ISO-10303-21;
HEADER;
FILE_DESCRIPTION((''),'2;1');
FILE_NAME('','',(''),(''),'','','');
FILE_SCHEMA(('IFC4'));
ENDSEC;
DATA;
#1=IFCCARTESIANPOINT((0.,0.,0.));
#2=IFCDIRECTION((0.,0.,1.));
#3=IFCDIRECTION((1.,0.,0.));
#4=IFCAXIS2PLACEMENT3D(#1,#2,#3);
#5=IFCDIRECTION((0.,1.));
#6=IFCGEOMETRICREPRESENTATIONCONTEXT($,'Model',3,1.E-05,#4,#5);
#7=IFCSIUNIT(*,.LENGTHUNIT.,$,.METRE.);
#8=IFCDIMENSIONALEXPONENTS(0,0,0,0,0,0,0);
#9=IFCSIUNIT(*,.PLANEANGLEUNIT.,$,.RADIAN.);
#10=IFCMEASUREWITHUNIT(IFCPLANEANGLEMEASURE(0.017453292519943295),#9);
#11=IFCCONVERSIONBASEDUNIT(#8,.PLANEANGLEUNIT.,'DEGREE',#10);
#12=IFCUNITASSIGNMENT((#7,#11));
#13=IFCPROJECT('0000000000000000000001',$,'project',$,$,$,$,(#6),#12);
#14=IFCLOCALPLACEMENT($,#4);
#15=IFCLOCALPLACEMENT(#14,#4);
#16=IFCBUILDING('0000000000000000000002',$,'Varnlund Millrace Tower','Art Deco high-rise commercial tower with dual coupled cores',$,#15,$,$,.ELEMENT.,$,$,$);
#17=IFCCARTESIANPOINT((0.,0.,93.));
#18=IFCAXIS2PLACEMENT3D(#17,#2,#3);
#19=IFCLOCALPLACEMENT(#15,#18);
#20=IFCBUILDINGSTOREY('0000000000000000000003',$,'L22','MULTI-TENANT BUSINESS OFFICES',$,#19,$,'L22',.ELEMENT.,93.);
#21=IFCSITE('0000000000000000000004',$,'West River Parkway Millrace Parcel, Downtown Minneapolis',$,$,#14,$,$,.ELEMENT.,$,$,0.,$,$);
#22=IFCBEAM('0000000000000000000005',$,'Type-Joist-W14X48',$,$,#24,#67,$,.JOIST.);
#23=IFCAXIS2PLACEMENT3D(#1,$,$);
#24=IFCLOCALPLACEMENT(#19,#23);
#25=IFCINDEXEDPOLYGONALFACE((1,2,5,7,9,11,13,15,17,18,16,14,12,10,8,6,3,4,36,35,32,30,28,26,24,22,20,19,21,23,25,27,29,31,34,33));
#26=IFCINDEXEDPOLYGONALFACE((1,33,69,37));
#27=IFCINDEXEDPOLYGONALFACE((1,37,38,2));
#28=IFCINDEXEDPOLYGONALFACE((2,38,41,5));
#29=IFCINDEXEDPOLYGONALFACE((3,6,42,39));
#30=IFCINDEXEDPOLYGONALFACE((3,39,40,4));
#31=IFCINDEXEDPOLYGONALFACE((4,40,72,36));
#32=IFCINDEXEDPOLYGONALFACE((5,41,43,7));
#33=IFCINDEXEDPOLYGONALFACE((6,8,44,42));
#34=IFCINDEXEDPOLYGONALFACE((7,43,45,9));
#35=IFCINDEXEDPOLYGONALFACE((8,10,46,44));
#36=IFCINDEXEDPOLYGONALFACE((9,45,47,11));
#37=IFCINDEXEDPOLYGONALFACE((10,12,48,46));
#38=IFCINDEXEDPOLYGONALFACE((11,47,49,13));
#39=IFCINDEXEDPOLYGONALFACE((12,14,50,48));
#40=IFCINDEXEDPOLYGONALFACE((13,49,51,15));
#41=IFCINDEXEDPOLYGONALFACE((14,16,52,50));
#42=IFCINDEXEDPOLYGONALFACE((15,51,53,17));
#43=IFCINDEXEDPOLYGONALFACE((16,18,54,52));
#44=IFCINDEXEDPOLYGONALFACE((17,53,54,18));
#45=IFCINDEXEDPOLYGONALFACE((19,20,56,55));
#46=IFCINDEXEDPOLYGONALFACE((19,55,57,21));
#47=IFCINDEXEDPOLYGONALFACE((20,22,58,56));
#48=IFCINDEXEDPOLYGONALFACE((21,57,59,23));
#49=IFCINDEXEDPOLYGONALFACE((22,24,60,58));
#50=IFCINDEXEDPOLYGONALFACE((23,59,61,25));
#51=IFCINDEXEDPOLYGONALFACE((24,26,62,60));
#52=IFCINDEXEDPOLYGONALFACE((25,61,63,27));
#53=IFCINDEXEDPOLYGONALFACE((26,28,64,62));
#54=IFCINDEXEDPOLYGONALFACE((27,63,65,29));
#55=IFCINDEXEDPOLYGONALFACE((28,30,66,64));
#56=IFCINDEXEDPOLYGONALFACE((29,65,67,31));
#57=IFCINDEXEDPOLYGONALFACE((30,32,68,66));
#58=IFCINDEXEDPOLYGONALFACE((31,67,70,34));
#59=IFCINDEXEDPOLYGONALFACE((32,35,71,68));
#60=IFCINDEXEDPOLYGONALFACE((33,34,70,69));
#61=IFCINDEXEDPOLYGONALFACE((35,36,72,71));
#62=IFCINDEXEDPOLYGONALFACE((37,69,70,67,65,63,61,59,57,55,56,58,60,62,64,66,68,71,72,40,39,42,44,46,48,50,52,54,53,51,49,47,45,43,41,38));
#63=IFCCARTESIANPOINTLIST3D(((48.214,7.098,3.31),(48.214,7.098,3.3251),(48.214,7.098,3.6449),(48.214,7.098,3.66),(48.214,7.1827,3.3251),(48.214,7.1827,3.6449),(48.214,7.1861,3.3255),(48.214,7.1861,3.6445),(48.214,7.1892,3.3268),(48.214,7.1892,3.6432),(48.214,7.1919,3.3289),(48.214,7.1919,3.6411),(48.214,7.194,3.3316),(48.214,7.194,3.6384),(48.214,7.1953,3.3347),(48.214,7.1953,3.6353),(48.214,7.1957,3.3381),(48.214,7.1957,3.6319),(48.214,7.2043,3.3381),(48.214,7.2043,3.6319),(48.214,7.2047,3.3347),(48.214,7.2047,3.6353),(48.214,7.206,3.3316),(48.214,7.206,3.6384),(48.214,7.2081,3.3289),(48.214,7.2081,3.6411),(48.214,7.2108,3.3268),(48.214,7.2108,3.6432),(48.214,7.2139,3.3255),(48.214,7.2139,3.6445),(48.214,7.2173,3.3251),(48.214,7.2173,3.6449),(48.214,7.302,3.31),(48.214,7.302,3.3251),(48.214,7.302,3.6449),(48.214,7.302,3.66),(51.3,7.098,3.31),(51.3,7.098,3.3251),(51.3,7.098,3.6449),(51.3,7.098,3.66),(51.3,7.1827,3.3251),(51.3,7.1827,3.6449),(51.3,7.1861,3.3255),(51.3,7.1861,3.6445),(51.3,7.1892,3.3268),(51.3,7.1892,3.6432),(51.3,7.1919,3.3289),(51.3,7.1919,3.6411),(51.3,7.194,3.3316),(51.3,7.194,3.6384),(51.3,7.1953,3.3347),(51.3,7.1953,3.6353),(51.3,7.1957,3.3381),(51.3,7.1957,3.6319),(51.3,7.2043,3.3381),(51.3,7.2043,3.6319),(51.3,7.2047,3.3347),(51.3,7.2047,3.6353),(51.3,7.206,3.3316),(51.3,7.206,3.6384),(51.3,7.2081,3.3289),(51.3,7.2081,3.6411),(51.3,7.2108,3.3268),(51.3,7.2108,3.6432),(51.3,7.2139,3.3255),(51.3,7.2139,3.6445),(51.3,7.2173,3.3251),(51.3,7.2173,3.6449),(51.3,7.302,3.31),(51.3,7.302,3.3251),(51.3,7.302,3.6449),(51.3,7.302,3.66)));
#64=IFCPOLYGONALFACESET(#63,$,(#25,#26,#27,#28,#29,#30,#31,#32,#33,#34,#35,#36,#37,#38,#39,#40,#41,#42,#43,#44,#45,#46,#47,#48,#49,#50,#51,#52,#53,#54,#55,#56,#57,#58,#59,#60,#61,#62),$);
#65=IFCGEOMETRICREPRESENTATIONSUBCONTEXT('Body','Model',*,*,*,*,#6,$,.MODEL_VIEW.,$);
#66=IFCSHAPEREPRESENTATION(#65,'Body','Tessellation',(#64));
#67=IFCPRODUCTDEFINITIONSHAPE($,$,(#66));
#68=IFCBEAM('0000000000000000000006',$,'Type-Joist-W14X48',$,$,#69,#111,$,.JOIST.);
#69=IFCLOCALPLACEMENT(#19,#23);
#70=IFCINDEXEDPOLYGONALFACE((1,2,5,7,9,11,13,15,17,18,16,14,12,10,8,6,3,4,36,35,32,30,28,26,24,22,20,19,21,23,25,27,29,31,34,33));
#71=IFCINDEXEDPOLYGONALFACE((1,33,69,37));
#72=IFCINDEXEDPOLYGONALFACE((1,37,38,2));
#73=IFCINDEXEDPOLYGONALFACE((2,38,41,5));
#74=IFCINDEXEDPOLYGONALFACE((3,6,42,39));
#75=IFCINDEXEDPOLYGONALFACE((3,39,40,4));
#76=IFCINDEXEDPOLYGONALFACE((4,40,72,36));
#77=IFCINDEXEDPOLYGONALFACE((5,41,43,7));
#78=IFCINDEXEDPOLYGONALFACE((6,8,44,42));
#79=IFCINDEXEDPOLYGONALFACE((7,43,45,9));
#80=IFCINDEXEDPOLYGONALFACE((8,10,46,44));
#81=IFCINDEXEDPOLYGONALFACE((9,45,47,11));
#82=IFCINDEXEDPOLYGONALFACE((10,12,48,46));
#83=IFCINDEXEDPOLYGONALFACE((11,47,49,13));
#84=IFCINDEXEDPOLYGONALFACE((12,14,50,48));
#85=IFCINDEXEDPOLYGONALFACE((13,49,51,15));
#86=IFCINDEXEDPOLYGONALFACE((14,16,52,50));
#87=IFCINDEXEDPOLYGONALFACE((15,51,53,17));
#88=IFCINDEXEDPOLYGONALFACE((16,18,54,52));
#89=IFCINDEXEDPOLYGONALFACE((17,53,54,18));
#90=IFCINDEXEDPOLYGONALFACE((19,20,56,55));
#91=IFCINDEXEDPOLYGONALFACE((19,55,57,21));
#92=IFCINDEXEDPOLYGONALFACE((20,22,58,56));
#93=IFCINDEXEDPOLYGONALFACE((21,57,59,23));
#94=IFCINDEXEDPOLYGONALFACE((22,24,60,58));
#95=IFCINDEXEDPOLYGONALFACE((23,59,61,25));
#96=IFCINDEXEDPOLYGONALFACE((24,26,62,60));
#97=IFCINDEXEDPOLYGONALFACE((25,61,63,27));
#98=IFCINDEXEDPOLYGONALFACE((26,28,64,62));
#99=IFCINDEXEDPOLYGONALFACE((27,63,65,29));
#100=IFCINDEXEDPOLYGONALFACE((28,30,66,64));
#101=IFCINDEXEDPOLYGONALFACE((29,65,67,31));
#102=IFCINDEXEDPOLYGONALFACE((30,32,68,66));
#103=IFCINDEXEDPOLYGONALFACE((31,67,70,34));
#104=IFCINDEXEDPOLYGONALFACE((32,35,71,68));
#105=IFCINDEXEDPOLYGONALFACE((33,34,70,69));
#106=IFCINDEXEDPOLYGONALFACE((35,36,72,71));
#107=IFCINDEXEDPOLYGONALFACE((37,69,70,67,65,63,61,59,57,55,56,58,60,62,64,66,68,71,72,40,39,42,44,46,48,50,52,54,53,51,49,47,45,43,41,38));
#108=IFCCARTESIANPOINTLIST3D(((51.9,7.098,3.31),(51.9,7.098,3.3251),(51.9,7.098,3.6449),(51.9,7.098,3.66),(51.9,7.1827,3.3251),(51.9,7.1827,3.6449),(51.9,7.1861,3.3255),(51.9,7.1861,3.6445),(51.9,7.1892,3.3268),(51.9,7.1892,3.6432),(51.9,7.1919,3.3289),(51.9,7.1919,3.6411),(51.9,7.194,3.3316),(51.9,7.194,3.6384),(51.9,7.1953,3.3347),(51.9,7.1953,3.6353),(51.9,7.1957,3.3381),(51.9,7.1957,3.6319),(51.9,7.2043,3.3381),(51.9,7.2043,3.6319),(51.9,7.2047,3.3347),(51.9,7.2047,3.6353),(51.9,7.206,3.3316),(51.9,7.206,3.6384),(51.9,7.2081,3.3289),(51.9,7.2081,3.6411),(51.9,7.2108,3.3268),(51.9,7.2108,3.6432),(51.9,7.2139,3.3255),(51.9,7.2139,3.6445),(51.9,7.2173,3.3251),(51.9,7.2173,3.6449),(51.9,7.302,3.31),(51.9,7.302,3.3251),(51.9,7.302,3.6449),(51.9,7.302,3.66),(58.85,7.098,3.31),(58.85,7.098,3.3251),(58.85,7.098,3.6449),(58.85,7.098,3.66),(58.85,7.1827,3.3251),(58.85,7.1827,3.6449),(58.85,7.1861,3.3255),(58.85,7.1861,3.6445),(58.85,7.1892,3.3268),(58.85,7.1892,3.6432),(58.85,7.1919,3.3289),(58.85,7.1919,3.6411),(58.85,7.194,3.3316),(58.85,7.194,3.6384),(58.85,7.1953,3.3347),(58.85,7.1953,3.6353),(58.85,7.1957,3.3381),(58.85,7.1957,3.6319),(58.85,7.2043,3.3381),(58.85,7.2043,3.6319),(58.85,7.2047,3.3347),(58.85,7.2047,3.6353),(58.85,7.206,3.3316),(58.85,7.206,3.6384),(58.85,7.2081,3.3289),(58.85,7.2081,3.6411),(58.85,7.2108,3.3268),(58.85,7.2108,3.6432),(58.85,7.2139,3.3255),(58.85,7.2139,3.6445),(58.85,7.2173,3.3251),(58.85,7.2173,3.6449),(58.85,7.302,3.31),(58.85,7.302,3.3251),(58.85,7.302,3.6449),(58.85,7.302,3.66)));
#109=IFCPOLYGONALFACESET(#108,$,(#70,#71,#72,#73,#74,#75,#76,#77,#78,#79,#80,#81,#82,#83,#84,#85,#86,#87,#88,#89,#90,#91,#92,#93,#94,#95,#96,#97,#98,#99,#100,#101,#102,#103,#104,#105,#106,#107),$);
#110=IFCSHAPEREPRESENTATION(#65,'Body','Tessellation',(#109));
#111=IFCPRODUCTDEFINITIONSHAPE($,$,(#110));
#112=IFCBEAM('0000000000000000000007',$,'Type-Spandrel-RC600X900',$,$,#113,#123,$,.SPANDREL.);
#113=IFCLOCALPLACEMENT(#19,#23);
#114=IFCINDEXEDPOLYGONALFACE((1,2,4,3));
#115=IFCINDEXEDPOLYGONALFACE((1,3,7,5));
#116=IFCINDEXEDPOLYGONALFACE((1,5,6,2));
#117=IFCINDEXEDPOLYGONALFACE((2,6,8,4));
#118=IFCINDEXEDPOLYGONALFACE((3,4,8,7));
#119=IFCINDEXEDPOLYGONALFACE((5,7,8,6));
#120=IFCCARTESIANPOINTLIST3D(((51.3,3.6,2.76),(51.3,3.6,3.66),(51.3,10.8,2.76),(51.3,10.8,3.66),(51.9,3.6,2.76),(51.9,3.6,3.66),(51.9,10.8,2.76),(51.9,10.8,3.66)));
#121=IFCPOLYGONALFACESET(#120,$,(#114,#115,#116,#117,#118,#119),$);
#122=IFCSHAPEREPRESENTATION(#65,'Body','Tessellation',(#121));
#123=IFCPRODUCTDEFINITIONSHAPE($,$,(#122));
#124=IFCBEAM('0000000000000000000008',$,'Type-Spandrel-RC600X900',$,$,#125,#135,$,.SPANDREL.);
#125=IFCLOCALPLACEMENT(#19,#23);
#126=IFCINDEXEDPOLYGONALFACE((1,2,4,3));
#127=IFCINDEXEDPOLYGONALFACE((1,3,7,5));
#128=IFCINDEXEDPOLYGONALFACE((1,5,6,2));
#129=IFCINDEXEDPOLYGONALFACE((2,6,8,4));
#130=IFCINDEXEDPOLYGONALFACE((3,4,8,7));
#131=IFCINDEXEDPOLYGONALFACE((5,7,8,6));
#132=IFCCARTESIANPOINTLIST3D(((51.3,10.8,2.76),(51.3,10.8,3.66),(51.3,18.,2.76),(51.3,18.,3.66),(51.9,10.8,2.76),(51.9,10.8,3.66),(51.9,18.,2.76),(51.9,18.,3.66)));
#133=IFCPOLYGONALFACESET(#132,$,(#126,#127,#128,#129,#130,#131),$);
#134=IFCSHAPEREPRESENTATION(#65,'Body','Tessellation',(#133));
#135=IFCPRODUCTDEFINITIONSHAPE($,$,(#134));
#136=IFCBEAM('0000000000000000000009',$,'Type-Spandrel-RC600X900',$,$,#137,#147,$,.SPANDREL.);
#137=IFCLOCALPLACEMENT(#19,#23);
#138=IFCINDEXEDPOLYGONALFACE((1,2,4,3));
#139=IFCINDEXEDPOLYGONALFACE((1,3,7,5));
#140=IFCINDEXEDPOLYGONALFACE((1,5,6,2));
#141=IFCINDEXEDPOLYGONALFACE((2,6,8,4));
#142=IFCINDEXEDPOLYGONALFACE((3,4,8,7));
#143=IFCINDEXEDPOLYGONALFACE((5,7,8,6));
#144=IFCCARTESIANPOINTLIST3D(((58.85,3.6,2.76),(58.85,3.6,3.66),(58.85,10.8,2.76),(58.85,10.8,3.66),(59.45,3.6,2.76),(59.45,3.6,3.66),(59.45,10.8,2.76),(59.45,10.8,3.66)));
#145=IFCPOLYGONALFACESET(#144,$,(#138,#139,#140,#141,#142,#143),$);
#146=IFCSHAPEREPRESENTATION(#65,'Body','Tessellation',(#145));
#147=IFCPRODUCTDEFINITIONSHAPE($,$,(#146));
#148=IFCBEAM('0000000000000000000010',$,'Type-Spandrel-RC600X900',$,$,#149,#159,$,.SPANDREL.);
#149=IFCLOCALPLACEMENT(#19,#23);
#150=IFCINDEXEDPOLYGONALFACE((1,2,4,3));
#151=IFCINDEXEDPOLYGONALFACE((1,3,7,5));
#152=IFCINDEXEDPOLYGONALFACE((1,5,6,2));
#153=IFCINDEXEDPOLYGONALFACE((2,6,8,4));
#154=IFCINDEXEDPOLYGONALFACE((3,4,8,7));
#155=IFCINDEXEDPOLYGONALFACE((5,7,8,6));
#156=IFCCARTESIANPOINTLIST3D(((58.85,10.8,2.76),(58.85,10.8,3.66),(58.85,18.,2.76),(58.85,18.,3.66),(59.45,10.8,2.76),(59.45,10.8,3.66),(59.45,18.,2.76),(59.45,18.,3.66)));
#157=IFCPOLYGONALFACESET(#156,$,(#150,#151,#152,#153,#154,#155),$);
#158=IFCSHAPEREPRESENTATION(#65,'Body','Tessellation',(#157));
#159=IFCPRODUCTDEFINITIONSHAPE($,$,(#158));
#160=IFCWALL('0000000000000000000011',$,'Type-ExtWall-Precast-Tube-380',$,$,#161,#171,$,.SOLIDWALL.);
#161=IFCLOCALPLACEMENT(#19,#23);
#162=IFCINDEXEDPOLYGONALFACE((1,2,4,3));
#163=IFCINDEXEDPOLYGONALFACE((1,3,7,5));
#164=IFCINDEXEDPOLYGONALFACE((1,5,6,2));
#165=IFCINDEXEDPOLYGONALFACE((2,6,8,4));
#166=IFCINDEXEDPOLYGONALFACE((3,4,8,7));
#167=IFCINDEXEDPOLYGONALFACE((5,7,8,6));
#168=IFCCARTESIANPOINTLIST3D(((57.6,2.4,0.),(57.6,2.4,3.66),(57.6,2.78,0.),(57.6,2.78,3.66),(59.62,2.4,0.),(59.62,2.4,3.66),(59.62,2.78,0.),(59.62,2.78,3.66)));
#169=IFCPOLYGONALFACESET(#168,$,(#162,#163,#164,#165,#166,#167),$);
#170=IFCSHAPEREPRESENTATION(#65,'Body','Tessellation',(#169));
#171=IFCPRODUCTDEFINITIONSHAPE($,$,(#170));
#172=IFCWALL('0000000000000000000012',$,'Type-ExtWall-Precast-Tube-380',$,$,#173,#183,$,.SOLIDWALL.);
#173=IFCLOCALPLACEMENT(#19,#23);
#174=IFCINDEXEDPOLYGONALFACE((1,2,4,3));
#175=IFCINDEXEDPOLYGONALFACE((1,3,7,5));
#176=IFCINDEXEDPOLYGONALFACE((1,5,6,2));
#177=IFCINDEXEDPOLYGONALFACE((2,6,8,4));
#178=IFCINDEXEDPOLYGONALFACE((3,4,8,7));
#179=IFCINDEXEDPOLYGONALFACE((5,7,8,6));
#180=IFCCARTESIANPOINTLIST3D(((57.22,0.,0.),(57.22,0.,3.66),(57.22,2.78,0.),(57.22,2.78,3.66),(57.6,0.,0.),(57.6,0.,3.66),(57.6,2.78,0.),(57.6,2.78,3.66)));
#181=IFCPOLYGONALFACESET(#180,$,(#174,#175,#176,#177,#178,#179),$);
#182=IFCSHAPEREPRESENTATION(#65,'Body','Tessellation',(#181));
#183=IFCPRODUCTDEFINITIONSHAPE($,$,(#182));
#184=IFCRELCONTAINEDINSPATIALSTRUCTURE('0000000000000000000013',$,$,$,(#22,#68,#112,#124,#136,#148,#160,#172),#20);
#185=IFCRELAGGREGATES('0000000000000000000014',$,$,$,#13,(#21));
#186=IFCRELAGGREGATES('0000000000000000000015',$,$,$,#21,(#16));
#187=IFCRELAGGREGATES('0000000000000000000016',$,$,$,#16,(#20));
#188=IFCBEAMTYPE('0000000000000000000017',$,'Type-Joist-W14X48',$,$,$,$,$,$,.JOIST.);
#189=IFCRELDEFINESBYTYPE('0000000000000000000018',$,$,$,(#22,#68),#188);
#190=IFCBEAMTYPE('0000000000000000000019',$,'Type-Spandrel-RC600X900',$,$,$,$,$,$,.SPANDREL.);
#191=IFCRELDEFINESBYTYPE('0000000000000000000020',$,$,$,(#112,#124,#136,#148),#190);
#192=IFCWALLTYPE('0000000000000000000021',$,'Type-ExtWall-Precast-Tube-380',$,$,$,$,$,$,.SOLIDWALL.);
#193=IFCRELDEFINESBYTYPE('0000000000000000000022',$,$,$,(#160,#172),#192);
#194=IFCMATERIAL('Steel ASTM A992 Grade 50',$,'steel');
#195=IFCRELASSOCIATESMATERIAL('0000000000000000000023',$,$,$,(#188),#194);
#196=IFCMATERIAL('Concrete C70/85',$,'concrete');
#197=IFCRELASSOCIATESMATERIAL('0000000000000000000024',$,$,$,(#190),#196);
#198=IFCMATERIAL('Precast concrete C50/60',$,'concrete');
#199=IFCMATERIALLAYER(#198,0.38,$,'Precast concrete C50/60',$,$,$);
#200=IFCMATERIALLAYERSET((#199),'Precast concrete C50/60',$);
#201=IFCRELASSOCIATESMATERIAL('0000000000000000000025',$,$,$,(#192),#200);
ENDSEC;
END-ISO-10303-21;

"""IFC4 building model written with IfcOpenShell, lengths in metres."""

from ifc_helpers import new_model, entity, si_unit, converted_unit, direction, frame, origin_with_axes, origin_2d_with_axis, place, context, subcontext, project, spatial, polyline, rectangle, i_section, outline, extrude, material, layer, layer_set, material_profile, profile_set, type_object, element, save


model = new_model("IFC4")

# Units and contexts
model_context = context("Model", 3, precision=1e-05, world=origin_with_axes(), true_north=direction((0.0, 1.0)))
body_context = subcontext(model_context, "Body", "Model", "MODEL_VIEW")
ifc_project = project(units=[si_unit("LENGTHUNIT", "METRE"), converted_unit("PLANEANGLEUNIT", "DEGREE", entity("IfcPlaneAngleMeasure", 0.017453292519943295), si_unit("PLANEANGLEUNIT", "RADIAN"), dimensions=[0, 0, 0, 0, 0, 0, 0])], contexts=[model_context])

# Site, building, storey
site_placement = place(None, origin_with_axes())
site = spatial("IfcSite", under=ifc_project, at=site_placement, Name="West River Parkway Millrace Parcel, Downtown Minneapolis", CompositionType="ELEMENT", RefElevation=0.0)
building_placement = place(site_placement, origin_with_axes())
building = spatial("IfcBuilding", under=site, at=building_placement, Name="Varnlund Millrace Tower", Description="Art Deco high-rise commercial tower with dual coupled cores", CompositionType="ELEMENT")
storey_placement = place(building_placement, frame((0.0, 0.0, 93.0), z_axis=(0.0, 0.0, 1.0), x_axis=(1.0, 0.0, 0.0)))
storey = spatial("IfcBuildingStorey", under=building, at=storey_placement, Name="L22", Description="MULTI-TENANT BUSINESS OFFICES", LongName="L22", CompositionType="ELEMENT", Elevation=93.0)

# Beams
ifc_material_1 = material(Name="Steel ASTM A992 Grade 50", Category="steel")
ifc_material_profile_1 = material_profile(ifc_material_1, i_section(OverallWidth=0.204, OverallDepth=0.35, WebThickness=0.0086, FlangeThickness=0.0151, FilletRadius=0.013, at=origin_2d_with_axis()), Name="Steel ASTM A992 Grade 50")
ifc_profile_set_1 = profile_set([ifc_material_profile_1], Name="Steel ASTM A992 Grade 50")
beam_type_1 = type_object("IfcBeamType", Name="Type-Joist-W14X48", PredefinedType="JOIST", material=ifc_profile_set_1)
beam_1_placement = place(storey_placement, frame((48.214, 7.2, 3.485), z_axis=(1.0, 0.0, 0.0), x_axis=(0.0, 1.0, 0.0)))
element("IfcBeam", 1, at=beam_1_placement, inside=storey, type_object=beam_type_1, Name="Type-Joist-W14X48", PredefinedType="JOIST", context=body_context, shape_type="SweptSolid", body=[
    extrude(i_section(OverallWidth=0.204, OverallDepth=0.35, WebThickness=0.0086, FlangeThickness=0.0151, FilletRadius=0.013, at=origin_2d_with_axis()), origin_with_axes(), (0.0, 0.0, 1.0), 3.086),
])
beam_2_placement = place(storey_placement, frame((51.9, 7.2, 3.485), z_axis=(1.0, 0.0, 0.0), x_axis=(0.0, 1.0, 0.0)))
element("IfcBeam", 2, at=beam_2_placement, inside=storey, type_object=beam_type_1, Name="Type-Joist-W14X48", PredefinedType="JOIST", context=body_context, shape_type="SweptSolid", body=[
    extrude(i_section(OverallWidth=0.204, OverallDepth=0.35, WebThickness=0.0086, FlangeThickness=0.0151, FilletRadius=0.013, at=origin_2d_with_axis()), origin_with_axes(), (0.0, 0.0, 1.0), 6.95),
])
ifc_material_2 = material(Name="Concrete C70/85", Category="concrete")
ifc_material_profile_2 = material_profile(ifc_material_2, rectangle(XDim=0.6, YDim=0.9, at=origin_2d_with_axis()), Name="Concrete C70/85")
ifc_profile_set_2 = profile_set([ifc_material_profile_2], Name="Concrete C70/85")
beam_type_2 = type_object("IfcBeamType", Name="Type-Spandrel-RC600X900", PredefinedType="SPANDREL", material=ifc_profile_set_2)
for number, where, z_axis, x_axis, name in (
    (3, (51.6, 3.6, 3.21), (0.0, 1.0, 0.0), (-1.0, 0.0, 0.0), "Type-Spandrel-RC600X900"),
    (4, (51.6, 10.8, 3.21), (0.0, 1.0, 0.0), (-1.0, 0.0, 0.0), "Type-Spandrel-RC600X900"),
    (5, (59.15, 3.6, 3.21), (0.0, 1.0, 0.0), (-1.0, 0.0, 0.0), "Type-Spandrel-RC600X900"),
    (6, (59.15, 10.8, 3.21), (0.0, 1.0, 0.0), (-1.0, 0.0, 0.0), "Type-Spandrel-RC600X900"),
):
    element("IfcBeam", number, at=place(storey_placement, frame(where, z_axis=z_axis, x_axis=x_axis)), inside=storey, type_object=beam_type_2, Name=name, PredefinedType="SPANDREL", context=body_context, shape_type="SweptSolid", body=[
        extrude(rectangle(XDim=0.6, YDim=0.9, at=origin_2d_with_axis()), origin_with_axes(), (0.0, 0.0, 1.0), 7.2),
    ])

# Walls
ifc_material_3 = material(Name="Precast concrete C50/60", Category="concrete")
ifc_layer_1 = layer(ifc_material_3, 0.38, Name="Precast concrete C50/60")
ifc_layer_set_1 = layer_set([ifc_layer_1], Name="Precast concrete C50/60")
wall_type_1 = type_object("IfcWallType", Name="Type-ExtWall-Precast-Tube-380", PredefinedType="SOLIDWALL", material=ifc_layer_set_1)
wall_1_placement = place(storey_placement, frame((59.62, 2.59, 0.0), z_axis=(0.0, 0.0, 1.0), x_axis=(-1.0, 0.0, 0.0)))
element("IfcWall", 7, at=wall_1_placement, inside=storey, type_object=wall_type_1, Name="Type-ExtWall-Precast-Tube-380", PredefinedType="SOLIDWALL", context=body_context, shape_type="SweptSolid", body=[
    extrude(outline(polyline([(0.0, -0.19), (2.02, -0.19), (2.02, 0.19), (0.0, 0.19), (0.0, -0.19)])), origin_with_axes(), (0.0, 0.0, 1.0), 3.66),
])
wall_2_placement = place(storey_placement, frame((57.41, 2.78, 0.0), z_axis=(0.0, 0.0, 1.0), x_axis=(0.0, -1.0, 0.0)))
element("IfcWall", 8, at=wall_2_placement, inside=storey, type_object=wall_type_1, Name="Type-ExtWall-Precast-Tube-380", PredefinedType="SOLIDWALL", context=body_context, shape_type="SweptSolid", body=[
    extrude(outline(polyline([(0.0, -0.19), (2.78, -0.19), (2.78, 0.19), (0.0, 0.19), (0.0, -0.19)])), origin_with_axes(), (0.0, 0.0, 1.0), 3.66),
])

save(model, "model.ifc")
